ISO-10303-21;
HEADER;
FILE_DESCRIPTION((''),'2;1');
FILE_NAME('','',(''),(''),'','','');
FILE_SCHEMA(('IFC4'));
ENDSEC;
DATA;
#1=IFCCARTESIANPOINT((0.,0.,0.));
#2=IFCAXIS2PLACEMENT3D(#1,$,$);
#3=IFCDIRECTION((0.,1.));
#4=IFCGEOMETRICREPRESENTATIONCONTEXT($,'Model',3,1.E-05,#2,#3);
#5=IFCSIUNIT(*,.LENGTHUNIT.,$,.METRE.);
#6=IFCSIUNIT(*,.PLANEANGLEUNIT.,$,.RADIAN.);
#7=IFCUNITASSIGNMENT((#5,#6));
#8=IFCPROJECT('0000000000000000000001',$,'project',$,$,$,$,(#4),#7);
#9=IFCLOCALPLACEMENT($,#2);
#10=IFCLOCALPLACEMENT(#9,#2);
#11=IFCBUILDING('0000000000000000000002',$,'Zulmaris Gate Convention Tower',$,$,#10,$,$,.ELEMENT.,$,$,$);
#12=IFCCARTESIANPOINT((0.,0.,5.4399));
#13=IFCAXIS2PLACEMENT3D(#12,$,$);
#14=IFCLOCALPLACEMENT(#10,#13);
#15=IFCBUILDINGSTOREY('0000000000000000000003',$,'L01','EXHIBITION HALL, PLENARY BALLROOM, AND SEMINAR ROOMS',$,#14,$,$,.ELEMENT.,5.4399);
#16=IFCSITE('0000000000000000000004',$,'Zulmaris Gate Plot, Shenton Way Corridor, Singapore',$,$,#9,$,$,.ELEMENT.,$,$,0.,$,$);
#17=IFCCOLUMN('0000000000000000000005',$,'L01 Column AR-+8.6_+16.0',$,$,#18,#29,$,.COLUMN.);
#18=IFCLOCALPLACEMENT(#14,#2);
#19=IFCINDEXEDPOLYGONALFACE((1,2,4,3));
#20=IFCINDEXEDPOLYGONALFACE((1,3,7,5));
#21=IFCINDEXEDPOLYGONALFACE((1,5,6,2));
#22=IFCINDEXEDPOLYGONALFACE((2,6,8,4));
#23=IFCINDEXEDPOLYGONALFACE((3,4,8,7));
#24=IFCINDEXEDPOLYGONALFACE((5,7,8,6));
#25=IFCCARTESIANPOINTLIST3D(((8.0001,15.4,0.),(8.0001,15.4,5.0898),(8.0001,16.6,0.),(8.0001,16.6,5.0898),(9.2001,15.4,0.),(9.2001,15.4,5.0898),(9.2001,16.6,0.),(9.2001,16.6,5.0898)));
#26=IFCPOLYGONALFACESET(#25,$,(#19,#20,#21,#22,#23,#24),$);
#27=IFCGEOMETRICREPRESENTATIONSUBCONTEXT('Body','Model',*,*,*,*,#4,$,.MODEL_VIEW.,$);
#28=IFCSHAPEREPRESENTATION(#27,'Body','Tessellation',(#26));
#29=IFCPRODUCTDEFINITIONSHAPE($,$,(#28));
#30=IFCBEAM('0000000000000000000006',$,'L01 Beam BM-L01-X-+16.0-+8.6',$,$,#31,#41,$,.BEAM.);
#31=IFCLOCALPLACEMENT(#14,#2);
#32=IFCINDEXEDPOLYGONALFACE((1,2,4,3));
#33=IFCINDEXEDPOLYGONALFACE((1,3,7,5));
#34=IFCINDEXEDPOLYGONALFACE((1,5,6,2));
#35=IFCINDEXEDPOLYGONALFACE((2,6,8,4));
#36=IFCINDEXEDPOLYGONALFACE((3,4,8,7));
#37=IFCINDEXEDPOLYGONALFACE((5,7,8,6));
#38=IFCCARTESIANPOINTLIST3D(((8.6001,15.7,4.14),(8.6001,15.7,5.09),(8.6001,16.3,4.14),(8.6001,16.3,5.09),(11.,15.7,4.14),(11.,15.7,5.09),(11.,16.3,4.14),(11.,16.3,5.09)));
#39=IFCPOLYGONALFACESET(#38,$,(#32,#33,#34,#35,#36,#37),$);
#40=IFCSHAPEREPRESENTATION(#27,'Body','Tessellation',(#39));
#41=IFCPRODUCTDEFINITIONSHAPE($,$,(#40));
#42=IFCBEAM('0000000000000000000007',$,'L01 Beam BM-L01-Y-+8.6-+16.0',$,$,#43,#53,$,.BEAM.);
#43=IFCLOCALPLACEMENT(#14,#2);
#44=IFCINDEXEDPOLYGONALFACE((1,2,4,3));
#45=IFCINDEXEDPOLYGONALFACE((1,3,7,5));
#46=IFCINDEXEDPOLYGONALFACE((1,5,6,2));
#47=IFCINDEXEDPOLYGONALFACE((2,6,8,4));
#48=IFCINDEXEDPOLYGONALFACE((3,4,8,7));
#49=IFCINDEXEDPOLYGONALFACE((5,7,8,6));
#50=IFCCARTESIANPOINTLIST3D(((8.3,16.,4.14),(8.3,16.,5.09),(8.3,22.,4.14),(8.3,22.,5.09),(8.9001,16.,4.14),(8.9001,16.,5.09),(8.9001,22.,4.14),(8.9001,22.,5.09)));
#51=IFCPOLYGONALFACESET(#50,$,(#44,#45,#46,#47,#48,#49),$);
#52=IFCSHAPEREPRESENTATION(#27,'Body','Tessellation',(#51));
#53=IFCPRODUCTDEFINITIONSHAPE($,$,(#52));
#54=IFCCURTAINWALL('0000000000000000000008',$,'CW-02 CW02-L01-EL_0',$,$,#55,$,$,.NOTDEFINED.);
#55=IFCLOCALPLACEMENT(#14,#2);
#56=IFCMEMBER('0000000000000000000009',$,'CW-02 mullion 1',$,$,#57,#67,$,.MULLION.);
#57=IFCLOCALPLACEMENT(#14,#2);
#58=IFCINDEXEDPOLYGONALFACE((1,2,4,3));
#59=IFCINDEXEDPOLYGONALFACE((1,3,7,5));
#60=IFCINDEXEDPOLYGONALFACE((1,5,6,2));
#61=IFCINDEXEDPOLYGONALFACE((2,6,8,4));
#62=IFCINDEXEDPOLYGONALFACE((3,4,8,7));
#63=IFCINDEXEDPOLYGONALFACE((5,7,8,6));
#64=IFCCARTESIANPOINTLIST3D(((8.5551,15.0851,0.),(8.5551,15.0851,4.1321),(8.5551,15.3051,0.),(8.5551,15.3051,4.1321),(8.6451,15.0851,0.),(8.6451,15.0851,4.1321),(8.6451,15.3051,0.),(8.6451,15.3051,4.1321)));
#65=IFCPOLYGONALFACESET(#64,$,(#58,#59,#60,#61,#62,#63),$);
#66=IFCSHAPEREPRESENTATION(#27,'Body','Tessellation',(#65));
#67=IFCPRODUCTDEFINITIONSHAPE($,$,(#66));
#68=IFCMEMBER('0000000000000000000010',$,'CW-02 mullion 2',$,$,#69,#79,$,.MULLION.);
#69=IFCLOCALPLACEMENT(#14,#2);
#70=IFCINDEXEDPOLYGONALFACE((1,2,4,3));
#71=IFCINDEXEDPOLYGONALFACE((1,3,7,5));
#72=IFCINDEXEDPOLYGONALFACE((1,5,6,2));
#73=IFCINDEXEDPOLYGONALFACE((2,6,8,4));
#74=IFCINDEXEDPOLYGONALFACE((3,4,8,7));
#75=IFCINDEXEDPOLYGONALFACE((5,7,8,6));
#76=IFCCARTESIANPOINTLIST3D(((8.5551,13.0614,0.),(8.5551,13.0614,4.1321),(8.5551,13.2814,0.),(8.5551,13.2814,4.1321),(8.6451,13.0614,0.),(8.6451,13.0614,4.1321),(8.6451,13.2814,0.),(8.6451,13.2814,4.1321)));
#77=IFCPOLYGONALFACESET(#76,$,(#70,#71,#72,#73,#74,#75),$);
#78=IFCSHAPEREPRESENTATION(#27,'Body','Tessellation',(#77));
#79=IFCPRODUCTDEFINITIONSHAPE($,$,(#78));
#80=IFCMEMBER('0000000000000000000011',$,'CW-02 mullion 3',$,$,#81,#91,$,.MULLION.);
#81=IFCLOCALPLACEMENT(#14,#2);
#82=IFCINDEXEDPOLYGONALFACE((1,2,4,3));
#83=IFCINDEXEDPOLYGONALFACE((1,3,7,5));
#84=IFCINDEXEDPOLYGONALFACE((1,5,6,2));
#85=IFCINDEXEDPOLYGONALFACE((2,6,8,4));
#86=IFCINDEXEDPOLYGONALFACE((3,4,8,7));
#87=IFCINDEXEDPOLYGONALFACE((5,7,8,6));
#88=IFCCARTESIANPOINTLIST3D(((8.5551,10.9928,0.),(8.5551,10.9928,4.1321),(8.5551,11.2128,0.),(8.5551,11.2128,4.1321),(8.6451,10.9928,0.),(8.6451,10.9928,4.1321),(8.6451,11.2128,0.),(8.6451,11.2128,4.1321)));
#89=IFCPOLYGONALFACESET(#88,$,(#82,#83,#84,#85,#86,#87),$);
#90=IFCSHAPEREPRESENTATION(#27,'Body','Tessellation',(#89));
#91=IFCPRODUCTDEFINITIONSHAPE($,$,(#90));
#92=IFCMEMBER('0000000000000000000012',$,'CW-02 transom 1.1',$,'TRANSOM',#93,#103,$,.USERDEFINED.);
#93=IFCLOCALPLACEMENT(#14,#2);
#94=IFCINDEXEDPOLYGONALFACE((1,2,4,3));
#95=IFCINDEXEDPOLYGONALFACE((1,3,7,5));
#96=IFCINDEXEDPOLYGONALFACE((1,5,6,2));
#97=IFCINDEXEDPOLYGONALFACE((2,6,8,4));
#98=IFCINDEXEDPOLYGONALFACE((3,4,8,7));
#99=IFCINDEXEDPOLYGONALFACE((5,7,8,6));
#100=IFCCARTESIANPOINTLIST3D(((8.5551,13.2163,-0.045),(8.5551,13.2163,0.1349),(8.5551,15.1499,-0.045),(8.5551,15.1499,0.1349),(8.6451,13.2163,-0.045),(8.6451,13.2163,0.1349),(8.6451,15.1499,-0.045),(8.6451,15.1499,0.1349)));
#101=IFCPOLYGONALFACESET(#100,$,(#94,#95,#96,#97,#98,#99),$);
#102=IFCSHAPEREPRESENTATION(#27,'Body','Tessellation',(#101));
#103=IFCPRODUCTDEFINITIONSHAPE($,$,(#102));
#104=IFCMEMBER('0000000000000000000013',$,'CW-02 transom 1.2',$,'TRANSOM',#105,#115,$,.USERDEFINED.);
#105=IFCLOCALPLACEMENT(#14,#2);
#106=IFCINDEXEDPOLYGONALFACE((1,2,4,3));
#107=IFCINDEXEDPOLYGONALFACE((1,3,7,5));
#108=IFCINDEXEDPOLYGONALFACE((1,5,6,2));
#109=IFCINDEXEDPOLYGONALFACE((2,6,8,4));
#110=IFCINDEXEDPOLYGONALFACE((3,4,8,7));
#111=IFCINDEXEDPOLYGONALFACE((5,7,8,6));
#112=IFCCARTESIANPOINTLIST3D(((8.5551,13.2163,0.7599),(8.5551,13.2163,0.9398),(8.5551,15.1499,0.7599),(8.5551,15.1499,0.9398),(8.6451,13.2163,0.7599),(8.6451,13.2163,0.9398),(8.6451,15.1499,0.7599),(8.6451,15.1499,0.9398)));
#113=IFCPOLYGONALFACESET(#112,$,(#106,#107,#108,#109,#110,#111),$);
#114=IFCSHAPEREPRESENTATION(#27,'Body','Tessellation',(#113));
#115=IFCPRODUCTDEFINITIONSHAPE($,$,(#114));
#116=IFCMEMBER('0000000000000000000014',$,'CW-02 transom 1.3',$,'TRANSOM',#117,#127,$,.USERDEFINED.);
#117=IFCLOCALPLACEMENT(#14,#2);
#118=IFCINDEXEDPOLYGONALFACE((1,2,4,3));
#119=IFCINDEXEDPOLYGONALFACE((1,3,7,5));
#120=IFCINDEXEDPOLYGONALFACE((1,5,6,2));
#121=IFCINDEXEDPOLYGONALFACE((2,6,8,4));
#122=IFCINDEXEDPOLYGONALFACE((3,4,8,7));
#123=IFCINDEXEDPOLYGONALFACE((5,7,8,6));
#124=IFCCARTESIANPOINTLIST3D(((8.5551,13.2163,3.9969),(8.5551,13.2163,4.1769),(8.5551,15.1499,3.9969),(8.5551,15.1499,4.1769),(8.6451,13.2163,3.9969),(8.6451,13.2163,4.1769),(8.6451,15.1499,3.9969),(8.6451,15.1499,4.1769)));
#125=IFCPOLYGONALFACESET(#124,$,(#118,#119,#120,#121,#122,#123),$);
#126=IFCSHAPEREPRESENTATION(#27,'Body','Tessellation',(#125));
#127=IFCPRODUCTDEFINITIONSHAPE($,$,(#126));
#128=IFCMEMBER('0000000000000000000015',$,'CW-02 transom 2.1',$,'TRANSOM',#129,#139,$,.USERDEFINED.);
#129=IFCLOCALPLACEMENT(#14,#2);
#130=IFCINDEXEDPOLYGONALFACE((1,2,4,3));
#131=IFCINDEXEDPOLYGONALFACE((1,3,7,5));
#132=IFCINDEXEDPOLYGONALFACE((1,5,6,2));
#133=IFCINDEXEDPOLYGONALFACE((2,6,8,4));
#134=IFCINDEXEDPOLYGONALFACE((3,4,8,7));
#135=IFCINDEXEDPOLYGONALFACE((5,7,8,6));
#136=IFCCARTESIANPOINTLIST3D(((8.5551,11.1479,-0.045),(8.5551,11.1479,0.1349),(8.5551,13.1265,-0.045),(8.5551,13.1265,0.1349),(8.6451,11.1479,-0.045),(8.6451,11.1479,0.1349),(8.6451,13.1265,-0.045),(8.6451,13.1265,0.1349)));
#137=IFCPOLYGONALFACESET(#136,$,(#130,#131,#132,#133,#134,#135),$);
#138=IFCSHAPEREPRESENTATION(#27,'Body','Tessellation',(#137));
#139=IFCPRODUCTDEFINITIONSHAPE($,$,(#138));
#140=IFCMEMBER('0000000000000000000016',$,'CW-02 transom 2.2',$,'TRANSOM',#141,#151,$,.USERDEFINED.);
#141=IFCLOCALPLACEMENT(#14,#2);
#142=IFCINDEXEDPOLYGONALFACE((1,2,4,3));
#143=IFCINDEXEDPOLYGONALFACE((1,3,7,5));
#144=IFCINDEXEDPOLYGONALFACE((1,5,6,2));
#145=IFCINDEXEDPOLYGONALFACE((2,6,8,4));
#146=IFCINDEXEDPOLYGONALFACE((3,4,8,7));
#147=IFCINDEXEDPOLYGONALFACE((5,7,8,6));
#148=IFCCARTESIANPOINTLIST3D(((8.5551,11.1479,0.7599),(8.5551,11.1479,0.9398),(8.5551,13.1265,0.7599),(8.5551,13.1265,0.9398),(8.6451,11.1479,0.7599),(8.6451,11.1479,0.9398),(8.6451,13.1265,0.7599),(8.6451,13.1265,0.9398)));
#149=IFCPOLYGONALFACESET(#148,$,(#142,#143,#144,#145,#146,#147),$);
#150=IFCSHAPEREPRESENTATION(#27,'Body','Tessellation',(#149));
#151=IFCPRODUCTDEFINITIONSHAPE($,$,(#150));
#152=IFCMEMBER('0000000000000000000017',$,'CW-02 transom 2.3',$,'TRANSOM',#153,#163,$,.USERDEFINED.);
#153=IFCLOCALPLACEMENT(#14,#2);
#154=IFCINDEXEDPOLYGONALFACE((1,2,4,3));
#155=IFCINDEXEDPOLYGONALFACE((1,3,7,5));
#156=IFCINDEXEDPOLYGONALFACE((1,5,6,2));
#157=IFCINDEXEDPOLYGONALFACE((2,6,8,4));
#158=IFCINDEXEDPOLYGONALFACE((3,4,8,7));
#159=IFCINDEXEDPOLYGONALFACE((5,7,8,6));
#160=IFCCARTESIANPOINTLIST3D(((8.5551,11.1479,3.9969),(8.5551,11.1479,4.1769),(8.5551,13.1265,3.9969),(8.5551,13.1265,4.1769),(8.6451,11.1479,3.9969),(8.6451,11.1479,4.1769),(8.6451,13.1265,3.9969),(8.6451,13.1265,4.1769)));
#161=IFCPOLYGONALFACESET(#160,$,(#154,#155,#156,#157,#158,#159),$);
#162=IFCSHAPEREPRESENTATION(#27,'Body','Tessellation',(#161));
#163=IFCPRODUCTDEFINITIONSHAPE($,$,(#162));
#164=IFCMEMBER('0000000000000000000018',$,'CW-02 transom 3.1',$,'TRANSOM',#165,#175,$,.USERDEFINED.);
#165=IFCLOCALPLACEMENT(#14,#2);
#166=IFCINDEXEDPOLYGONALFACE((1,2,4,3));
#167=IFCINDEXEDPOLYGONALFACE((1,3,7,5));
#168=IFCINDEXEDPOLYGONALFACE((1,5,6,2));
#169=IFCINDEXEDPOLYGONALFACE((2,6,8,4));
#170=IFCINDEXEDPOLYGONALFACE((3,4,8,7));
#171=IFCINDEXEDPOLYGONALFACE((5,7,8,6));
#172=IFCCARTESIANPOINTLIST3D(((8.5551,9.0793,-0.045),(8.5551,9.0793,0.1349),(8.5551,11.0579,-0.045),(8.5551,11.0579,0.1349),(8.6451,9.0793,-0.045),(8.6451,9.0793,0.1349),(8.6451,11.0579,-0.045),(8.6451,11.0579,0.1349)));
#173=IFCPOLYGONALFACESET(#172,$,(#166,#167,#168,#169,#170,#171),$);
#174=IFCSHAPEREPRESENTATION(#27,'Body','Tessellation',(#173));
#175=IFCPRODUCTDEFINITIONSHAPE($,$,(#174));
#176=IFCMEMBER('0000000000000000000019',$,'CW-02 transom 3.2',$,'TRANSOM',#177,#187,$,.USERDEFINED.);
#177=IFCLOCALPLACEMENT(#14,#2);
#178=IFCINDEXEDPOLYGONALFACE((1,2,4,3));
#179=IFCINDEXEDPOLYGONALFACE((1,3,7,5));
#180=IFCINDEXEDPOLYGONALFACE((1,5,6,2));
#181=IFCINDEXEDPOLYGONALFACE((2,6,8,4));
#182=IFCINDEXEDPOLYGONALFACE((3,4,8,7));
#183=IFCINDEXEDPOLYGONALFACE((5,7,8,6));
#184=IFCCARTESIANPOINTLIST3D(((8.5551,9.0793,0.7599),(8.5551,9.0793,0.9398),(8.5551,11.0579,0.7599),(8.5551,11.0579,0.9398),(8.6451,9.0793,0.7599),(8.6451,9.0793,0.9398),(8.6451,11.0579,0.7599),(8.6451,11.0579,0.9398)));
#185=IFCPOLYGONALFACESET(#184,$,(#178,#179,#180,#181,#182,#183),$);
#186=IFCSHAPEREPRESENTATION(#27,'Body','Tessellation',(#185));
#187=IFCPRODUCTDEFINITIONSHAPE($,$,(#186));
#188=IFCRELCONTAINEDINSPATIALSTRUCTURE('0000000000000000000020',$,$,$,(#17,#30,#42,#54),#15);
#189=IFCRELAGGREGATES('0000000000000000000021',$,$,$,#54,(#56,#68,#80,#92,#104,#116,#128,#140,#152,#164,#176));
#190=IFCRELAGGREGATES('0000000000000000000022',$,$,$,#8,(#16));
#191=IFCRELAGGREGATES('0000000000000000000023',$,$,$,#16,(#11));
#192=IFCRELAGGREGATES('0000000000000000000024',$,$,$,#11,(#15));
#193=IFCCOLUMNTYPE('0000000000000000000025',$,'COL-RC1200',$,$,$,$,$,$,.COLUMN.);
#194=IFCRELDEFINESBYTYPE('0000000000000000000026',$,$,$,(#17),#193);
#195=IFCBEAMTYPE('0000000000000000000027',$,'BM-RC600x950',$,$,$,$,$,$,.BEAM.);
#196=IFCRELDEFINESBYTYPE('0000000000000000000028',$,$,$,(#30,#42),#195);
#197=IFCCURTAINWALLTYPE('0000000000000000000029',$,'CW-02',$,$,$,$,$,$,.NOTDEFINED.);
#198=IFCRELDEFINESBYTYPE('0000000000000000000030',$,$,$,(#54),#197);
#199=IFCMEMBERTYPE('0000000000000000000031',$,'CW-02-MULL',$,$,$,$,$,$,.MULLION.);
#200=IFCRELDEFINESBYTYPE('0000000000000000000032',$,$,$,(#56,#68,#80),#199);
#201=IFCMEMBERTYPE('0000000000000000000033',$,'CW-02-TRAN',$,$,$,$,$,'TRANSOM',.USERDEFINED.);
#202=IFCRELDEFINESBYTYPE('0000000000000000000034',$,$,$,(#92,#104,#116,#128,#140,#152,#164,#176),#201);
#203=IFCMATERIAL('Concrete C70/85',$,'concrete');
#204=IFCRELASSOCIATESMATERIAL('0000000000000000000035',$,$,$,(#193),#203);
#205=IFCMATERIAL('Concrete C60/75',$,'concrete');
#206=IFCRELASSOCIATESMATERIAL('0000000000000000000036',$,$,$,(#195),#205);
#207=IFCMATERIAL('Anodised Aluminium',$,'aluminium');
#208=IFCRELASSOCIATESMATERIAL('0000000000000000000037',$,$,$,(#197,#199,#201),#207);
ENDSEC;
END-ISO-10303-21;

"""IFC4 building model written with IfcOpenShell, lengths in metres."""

from ifc_helpers import new_model, si_unit, direction, frame, origin, origin_2d, place, context, subcontext, project, spatial, rectangle, extrude, material, material_profile, profile_set, type_object, element, aggregate, save


model = new_model("IFC4")

# Units and contexts
model_context = context("Model", 3, precision=1e-05, world=origin(), true_north=direction((0.0, 1.0)))
body_context = subcontext(model_context, "Body", "Model", "MODEL_VIEW")
ifc_project = project(units=[si_unit("LENGTHUNIT", "METRE"), si_unit("PLANEANGLEUNIT", "RADIAN")], contexts=[model_context])

# Site, building, storey
site_placement = place(None, origin())
site = spatial("IfcSite", under=ifc_project, at=site_placement, Name="Zulmaris Gate Plot, Shenton Way Corridor, Singapore", CompositionType="ELEMENT", RefElevation=0.0)
building_placement = place(site_placement, origin())
building = spatial("IfcBuilding", under=site, at=building_placement, Name="Zulmaris Gate Convention Tower", CompositionType="ELEMENT")
storey_placement = place(building_placement, frame((0.0, 0.0, 5.4399)))
storey = spatial("IfcBuildingStorey", under=building, at=storey_placement, Name="L01", Description="EXHIBITION HALL, PLENARY BALLROOM, AND SEMINAR ROOMS", CompositionType="ELEMENT", Elevation=5.4399)

# Column
ifc_material_1 = material(Name="Concrete C70/85", Category="concrete")
ifc_material_profile_1 = material_profile(ifc_material_1, rectangle(XDim=1.2, YDim=1.2, at=origin_2d()), Name="RC COL 1200x1200")
ifc_profile_set_1 = profile_set([ifc_material_profile_1], Name="Concrete C70/85")
column_type = type_object("IfcColumnType", Name="COL-RC1200", PredefinedType="COLUMN", material=ifc_profile_set_1)
column_placement = place(storey_placement, frame((8.6001, 16.0, 0.0), z_axis=(0.0, 0.0, 1.0), x_axis=(1.0, 0.0, 0.0)))
element("IfcColumn", 1, at=column_placement, inside=storey, type_object=column_type, Name="L01 Column AR-+8.6_+16.0", PredefinedType="COLUMN", context=body_context, shape_type="SweptSolid", body=[
    extrude(rectangle(XDim=1.2, YDim=1.2, at=origin_2d()), origin(), (0.0, 0.0, 1.0), 5.0898),
])

# Beams
ifc_material_2 = material(Name="Concrete C60/75", Category="concrete")
ifc_material_profile_2 = material_profile(ifc_material_2, rectangle(XDim=0.6001, YDim=0.95, at=origin_2d()), Name="RC BEAM 600x950")
ifc_profile_set_2 = profile_set([ifc_material_profile_2], Name="Concrete C60/75")
beam_type = type_object("IfcBeamType", Name="BM-RC600x950", PredefinedType="BEAM", material=ifc_profile_set_2)
beam_1_placement = place(storey_placement, frame((8.6001, 16.0, 4.615), z_axis=(1.0, 0.0, 0.0), x_axis=(0.0, 1.0, 0.0)))
element("IfcBeam", 2, at=beam_1_placement, inside=storey, type_object=beam_type, Name="L01 Beam BM-L01-X-+16.0-+8.6", PredefinedType="BEAM", context=body_context, shape_type="SweptSolid", body=[
    extrude(rectangle(XDim=0.6001, YDim=0.95, at=origin_2d()), origin(), (0.0, 0.0, 1.0), 2.3999),
])
beam_2_placement = place(storey_placement, frame((8.6001, 16.0, 4.615), z_axis=(0.0, 1.0, 0.0), x_axis=(-1.0, 0.0, 0.0)))
element("IfcBeam", 3, at=beam_2_placement, inside=storey, type_object=beam_type, Name="L01 Beam BM-L01-Y-+8.6-+16.0", PredefinedType="BEAM", context=body_context, shape_type="SweptSolid", body=[
    extrude(rectangle(XDim=0.6001, YDim=0.95, at=origin_2d()), origin(), (0.0, 0.0, 1.0), 6.0),
])

# Curtain wall, members
ifc_material_3 = material(Name="Anodised Aluminium", Category="aluminium")
curtain_wall_type = type_object("IfcCurtainWallType", Name="CW-02", PredefinedType="NOTDEFINED", material=ifc_material_3)
curtain_wall_placement = place(storey_placement, origin())
curtain_wall = element("IfcCurtainWall", 4, at=curtain_wall_placement, inside=storey, type_object=curtain_wall_type, Name="CW-02 CW02-L01-EL_0", PredefinedType="NOTDEFINED")
ifc_material_profile_3 = material_profile(ifc_material_3, rectangle(XDim=0.0901, YDim=0.22, at=origin_2d()), Name="ALU MULLION 90x220")
ifc_profile_set_3 = profile_set([ifc_material_profile_3], Name="Anodised Aluminium")
member_type_1 = type_object("IfcMemberType", Name="CW-02-MULL", PredefinedType="MULLION", material=ifc_profile_set_3)
member_1_placement = place(storey_placement, frame((8.6001, 15.1951, 0.0), z_axis=(0.0, 0.0, 1.0), x_axis=(1.0, 0.0, 0.0)))
member_1 = element("IfcMember", 5, at=member_1_placement, type_object=member_type_1, Name="CW-02 mullion 1", PredefinedType="MULLION", context=body_context, shape_type="SweptSolid", body=[
    extrude(rectangle(XDim=0.0901, YDim=0.22, at=origin_2d()), origin(), (0.0, 0.0, 1.0), 4.1321),
])
member_2_placement = place(storey_placement, frame((8.6001, 13.1714, 0.0), z_axis=(0.0, 0.0, 1.0), x_axis=(1.0, 0.0, 0.0)))
member_2 = element("IfcMember", 6, at=member_2_placement, type_object=member_type_1, Name="CW-02 mullion 2", PredefinedType="MULLION", context=body_context, shape_type="SweptSolid", body=[
    extrude(rectangle(XDim=0.0901, YDim=0.22, at=origin_2d()), origin(), (0.0, 0.0, 1.0), 4.1321),
])
member_3_placement = place(storey_placement, frame((8.6001, 11.1028, 0.0), z_axis=(0.0, 0.0, 1.0), x_axis=(1.0, 0.0, 0.0)))
member_3 = element("IfcMember", 7, at=member_3_placement, type_object=member_type_1, Name="CW-02 mullion 3", PredefinedType="MULLION", context=body_context, shape_type="SweptSolid", body=[
    extrude(rectangle(XDim=0.0901, YDim=0.22, at=origin_2d()), origin(), (0.0, 0.0, 1.0), 4.1321),
])
ifc_material_profile_4 = material_profile(ifc_material_3, rectangle(XDim=0.0901, YDim=0.1799, at=origin_2d()), Name="ALU TRANSOM 90x180")
ifc_profile_set_4 = profile_set([ifc_material_profile_4], Name="Anodised Aluminium")
member_type_2 = type_object("IfcMemberType", Name="CW-02-TRAN", ElementType="TRANSOM", PredefinedType="USERDEFINED", material=ifc_profile_set_4)
member_4_placement = place(storey_placement, frame((8.6001, 15.1499, 0.0449), z_axis=(0.0, -1.0, 0.0), x_axis=(1.0, 0.0, 0.0)))
member_4 = element("IfcMember", 8, at=member_4_placement, type_object=member_type_2, Name="CW-02 transom 1.1", ObjectType="TRANSOM", PredefinedType="USERDEFINED", context=body_context, shape_type="SweptSolid", body=[
    extrude(rectangle(XDim=0.0901, YDim=0.1799, at=origin_2d()), origin(), (0.0, 0.0, 1.0), 1.9336),
])
member_5_placement = place(storey_placement, frame((8.6001, 15.1499, 0.8499), z_axis=(0.0, -1.0, 0.0), x_axis=(1.0, 0.0, 0.0)))
member_5 = element("IfcMember", 9, at=member_5_placement, type_object=member_type_2, Name="CW-02 transom 1.2", ObjectType="TRANSOM", PredefinedType="USERDEFINED", context=body_context, shape_type="SweptSolid", body=[
    extrude(rectangle(XDim=0.0901, YDim=0.1799, at=origin_2d()), origin(), (0.0, 0.0, 1.0), 1.9336),
])
member_6_placement = place(storey_placement, frame((8.6001, 15.1499, 4.0869), z_axis=(0.0, -1.0, 0.0), x_axis=(1.0, 0.0, 0.0)))
member_6 = element("IfcMember", 10, at=member_6_placement, type_object=member_type_2, Name="CW-02 transom 1.3", ObjectType="TRANSOM", PredefinedType="USERDEFINED", context=body_context, shape_type="SweptSolid", body=[
    extrude(rectangle(XDim=0.0901, YDim=0.1799, at=origin_2d()), origin(), (0.0, 0.0, 1.0), 1.9336),
])
member_7_placement = place(storey_placement, frame((8.6001, 13.1265, 0.0449), z_axis=(0.0, -1.0, 0.0), x_axis=(1.0, 0.0, 0.0)))
member_7 = element("IfcMember", 11, at=member_7_placement, type_object=member_type_2, Name="CW-02 transom 2.1", ObjectType="TRANSOM", PredefinedType="USERDEFINED", context=body_context, shape_type="SweptSolid", body=[
    extrude(rectangle(XDim=0.0901, YDim=0.1799, at=origin_2d()), origin(), (0.0, 0.0, 1.0), 1.9785),
])
member_8_placement = place(storey_placement, frame((8.6001, 13.1265, 0.8499), z_axis=(0.0, -1.0, 0.0), x_axis=(1.0, 0.0, 0.0)))
member_8 = element("IfcMember", 12, at=member_8_placement, type_object=member_type_2, Name="CW-02 transom 2.2", ObjectType="TRANSOM", PredefinedType="USERDEFINED", context=body_context, shape_type="SweptSolid", body=[
    extrude(rectangle(XDim=0.0901, YDim=0.1799, at=origin_2d()), origin(), (0.0, 0.0, 1.0), 1.9785),
])
member_9_placement = place(storey_placement, frame((8.6001, 13.1265, 4.0869), z_axis=(0.0, -1.0, 0.0), x_axis=(1.0, 0.0, 0.0)))
member_9 = element("IfcMember", 13, at=member_9_placement, type_object=member_type_2, Name="CW-02 transom 2.3", ObjectType="TRANSOM", PredefinedType="USERDEFINED", context=body_context, shape_type="SweptSolid", body=[
    extrude(rectangle(XDim=0.0901, YDim=0.1799, at=origin_2d()), origin(), (0.0, 0.0, 1.0), 1.9785),
])
member_10_placement = place(storey_placement, frame((8.6001, 11.0579, 0.0449), z_axis=(0.0, -1.0, 0.0), x_axis=(1.0, 0.0, 0.0)))
member_10 = element("IfcMember", 14, at=member_10_placement, type_object=member_type_2, Name="CW-02 transom 3.1", ObjectType="TRANSOM", PredefinedType="USERDEFINED", context=body_context, shape_type="SweptSolid", body=[
    extrude(rectangle(XDim=0.0901, YDim=0.1799, at=origin_2d()), origin(), (0.0, 0.0, 1.0), 1.9785),
])
member_11_placement = place(storey_placement, frame((8.6001, 11.0579, 0.8499), z_axis=(0.0, -1.0, 0.0), x_axis=(1.0, 0.0, 0.0)))
member_11 = element("IfcMember", 15, at=member_11_placement, type_object=member_type_2, Name="CW-02 transom 3.2", ObjectType="TRANSOM", PredefinedType="USERDEFINED", context=body_context, shape_type="SweptSolid", body=[
    extrude(rectangle(XDim=0.0901, YDim=0.1799, at=origin_2d()), origin(), (0.0, 0.0, 1.0), 1.9785),
])
aggregate(curtain_wall, [member_1, member_2, member_3, member_4, member_5, member_6, member_7, member_8, member_9, member_10, member_11])

save(model, "model.ifc")
